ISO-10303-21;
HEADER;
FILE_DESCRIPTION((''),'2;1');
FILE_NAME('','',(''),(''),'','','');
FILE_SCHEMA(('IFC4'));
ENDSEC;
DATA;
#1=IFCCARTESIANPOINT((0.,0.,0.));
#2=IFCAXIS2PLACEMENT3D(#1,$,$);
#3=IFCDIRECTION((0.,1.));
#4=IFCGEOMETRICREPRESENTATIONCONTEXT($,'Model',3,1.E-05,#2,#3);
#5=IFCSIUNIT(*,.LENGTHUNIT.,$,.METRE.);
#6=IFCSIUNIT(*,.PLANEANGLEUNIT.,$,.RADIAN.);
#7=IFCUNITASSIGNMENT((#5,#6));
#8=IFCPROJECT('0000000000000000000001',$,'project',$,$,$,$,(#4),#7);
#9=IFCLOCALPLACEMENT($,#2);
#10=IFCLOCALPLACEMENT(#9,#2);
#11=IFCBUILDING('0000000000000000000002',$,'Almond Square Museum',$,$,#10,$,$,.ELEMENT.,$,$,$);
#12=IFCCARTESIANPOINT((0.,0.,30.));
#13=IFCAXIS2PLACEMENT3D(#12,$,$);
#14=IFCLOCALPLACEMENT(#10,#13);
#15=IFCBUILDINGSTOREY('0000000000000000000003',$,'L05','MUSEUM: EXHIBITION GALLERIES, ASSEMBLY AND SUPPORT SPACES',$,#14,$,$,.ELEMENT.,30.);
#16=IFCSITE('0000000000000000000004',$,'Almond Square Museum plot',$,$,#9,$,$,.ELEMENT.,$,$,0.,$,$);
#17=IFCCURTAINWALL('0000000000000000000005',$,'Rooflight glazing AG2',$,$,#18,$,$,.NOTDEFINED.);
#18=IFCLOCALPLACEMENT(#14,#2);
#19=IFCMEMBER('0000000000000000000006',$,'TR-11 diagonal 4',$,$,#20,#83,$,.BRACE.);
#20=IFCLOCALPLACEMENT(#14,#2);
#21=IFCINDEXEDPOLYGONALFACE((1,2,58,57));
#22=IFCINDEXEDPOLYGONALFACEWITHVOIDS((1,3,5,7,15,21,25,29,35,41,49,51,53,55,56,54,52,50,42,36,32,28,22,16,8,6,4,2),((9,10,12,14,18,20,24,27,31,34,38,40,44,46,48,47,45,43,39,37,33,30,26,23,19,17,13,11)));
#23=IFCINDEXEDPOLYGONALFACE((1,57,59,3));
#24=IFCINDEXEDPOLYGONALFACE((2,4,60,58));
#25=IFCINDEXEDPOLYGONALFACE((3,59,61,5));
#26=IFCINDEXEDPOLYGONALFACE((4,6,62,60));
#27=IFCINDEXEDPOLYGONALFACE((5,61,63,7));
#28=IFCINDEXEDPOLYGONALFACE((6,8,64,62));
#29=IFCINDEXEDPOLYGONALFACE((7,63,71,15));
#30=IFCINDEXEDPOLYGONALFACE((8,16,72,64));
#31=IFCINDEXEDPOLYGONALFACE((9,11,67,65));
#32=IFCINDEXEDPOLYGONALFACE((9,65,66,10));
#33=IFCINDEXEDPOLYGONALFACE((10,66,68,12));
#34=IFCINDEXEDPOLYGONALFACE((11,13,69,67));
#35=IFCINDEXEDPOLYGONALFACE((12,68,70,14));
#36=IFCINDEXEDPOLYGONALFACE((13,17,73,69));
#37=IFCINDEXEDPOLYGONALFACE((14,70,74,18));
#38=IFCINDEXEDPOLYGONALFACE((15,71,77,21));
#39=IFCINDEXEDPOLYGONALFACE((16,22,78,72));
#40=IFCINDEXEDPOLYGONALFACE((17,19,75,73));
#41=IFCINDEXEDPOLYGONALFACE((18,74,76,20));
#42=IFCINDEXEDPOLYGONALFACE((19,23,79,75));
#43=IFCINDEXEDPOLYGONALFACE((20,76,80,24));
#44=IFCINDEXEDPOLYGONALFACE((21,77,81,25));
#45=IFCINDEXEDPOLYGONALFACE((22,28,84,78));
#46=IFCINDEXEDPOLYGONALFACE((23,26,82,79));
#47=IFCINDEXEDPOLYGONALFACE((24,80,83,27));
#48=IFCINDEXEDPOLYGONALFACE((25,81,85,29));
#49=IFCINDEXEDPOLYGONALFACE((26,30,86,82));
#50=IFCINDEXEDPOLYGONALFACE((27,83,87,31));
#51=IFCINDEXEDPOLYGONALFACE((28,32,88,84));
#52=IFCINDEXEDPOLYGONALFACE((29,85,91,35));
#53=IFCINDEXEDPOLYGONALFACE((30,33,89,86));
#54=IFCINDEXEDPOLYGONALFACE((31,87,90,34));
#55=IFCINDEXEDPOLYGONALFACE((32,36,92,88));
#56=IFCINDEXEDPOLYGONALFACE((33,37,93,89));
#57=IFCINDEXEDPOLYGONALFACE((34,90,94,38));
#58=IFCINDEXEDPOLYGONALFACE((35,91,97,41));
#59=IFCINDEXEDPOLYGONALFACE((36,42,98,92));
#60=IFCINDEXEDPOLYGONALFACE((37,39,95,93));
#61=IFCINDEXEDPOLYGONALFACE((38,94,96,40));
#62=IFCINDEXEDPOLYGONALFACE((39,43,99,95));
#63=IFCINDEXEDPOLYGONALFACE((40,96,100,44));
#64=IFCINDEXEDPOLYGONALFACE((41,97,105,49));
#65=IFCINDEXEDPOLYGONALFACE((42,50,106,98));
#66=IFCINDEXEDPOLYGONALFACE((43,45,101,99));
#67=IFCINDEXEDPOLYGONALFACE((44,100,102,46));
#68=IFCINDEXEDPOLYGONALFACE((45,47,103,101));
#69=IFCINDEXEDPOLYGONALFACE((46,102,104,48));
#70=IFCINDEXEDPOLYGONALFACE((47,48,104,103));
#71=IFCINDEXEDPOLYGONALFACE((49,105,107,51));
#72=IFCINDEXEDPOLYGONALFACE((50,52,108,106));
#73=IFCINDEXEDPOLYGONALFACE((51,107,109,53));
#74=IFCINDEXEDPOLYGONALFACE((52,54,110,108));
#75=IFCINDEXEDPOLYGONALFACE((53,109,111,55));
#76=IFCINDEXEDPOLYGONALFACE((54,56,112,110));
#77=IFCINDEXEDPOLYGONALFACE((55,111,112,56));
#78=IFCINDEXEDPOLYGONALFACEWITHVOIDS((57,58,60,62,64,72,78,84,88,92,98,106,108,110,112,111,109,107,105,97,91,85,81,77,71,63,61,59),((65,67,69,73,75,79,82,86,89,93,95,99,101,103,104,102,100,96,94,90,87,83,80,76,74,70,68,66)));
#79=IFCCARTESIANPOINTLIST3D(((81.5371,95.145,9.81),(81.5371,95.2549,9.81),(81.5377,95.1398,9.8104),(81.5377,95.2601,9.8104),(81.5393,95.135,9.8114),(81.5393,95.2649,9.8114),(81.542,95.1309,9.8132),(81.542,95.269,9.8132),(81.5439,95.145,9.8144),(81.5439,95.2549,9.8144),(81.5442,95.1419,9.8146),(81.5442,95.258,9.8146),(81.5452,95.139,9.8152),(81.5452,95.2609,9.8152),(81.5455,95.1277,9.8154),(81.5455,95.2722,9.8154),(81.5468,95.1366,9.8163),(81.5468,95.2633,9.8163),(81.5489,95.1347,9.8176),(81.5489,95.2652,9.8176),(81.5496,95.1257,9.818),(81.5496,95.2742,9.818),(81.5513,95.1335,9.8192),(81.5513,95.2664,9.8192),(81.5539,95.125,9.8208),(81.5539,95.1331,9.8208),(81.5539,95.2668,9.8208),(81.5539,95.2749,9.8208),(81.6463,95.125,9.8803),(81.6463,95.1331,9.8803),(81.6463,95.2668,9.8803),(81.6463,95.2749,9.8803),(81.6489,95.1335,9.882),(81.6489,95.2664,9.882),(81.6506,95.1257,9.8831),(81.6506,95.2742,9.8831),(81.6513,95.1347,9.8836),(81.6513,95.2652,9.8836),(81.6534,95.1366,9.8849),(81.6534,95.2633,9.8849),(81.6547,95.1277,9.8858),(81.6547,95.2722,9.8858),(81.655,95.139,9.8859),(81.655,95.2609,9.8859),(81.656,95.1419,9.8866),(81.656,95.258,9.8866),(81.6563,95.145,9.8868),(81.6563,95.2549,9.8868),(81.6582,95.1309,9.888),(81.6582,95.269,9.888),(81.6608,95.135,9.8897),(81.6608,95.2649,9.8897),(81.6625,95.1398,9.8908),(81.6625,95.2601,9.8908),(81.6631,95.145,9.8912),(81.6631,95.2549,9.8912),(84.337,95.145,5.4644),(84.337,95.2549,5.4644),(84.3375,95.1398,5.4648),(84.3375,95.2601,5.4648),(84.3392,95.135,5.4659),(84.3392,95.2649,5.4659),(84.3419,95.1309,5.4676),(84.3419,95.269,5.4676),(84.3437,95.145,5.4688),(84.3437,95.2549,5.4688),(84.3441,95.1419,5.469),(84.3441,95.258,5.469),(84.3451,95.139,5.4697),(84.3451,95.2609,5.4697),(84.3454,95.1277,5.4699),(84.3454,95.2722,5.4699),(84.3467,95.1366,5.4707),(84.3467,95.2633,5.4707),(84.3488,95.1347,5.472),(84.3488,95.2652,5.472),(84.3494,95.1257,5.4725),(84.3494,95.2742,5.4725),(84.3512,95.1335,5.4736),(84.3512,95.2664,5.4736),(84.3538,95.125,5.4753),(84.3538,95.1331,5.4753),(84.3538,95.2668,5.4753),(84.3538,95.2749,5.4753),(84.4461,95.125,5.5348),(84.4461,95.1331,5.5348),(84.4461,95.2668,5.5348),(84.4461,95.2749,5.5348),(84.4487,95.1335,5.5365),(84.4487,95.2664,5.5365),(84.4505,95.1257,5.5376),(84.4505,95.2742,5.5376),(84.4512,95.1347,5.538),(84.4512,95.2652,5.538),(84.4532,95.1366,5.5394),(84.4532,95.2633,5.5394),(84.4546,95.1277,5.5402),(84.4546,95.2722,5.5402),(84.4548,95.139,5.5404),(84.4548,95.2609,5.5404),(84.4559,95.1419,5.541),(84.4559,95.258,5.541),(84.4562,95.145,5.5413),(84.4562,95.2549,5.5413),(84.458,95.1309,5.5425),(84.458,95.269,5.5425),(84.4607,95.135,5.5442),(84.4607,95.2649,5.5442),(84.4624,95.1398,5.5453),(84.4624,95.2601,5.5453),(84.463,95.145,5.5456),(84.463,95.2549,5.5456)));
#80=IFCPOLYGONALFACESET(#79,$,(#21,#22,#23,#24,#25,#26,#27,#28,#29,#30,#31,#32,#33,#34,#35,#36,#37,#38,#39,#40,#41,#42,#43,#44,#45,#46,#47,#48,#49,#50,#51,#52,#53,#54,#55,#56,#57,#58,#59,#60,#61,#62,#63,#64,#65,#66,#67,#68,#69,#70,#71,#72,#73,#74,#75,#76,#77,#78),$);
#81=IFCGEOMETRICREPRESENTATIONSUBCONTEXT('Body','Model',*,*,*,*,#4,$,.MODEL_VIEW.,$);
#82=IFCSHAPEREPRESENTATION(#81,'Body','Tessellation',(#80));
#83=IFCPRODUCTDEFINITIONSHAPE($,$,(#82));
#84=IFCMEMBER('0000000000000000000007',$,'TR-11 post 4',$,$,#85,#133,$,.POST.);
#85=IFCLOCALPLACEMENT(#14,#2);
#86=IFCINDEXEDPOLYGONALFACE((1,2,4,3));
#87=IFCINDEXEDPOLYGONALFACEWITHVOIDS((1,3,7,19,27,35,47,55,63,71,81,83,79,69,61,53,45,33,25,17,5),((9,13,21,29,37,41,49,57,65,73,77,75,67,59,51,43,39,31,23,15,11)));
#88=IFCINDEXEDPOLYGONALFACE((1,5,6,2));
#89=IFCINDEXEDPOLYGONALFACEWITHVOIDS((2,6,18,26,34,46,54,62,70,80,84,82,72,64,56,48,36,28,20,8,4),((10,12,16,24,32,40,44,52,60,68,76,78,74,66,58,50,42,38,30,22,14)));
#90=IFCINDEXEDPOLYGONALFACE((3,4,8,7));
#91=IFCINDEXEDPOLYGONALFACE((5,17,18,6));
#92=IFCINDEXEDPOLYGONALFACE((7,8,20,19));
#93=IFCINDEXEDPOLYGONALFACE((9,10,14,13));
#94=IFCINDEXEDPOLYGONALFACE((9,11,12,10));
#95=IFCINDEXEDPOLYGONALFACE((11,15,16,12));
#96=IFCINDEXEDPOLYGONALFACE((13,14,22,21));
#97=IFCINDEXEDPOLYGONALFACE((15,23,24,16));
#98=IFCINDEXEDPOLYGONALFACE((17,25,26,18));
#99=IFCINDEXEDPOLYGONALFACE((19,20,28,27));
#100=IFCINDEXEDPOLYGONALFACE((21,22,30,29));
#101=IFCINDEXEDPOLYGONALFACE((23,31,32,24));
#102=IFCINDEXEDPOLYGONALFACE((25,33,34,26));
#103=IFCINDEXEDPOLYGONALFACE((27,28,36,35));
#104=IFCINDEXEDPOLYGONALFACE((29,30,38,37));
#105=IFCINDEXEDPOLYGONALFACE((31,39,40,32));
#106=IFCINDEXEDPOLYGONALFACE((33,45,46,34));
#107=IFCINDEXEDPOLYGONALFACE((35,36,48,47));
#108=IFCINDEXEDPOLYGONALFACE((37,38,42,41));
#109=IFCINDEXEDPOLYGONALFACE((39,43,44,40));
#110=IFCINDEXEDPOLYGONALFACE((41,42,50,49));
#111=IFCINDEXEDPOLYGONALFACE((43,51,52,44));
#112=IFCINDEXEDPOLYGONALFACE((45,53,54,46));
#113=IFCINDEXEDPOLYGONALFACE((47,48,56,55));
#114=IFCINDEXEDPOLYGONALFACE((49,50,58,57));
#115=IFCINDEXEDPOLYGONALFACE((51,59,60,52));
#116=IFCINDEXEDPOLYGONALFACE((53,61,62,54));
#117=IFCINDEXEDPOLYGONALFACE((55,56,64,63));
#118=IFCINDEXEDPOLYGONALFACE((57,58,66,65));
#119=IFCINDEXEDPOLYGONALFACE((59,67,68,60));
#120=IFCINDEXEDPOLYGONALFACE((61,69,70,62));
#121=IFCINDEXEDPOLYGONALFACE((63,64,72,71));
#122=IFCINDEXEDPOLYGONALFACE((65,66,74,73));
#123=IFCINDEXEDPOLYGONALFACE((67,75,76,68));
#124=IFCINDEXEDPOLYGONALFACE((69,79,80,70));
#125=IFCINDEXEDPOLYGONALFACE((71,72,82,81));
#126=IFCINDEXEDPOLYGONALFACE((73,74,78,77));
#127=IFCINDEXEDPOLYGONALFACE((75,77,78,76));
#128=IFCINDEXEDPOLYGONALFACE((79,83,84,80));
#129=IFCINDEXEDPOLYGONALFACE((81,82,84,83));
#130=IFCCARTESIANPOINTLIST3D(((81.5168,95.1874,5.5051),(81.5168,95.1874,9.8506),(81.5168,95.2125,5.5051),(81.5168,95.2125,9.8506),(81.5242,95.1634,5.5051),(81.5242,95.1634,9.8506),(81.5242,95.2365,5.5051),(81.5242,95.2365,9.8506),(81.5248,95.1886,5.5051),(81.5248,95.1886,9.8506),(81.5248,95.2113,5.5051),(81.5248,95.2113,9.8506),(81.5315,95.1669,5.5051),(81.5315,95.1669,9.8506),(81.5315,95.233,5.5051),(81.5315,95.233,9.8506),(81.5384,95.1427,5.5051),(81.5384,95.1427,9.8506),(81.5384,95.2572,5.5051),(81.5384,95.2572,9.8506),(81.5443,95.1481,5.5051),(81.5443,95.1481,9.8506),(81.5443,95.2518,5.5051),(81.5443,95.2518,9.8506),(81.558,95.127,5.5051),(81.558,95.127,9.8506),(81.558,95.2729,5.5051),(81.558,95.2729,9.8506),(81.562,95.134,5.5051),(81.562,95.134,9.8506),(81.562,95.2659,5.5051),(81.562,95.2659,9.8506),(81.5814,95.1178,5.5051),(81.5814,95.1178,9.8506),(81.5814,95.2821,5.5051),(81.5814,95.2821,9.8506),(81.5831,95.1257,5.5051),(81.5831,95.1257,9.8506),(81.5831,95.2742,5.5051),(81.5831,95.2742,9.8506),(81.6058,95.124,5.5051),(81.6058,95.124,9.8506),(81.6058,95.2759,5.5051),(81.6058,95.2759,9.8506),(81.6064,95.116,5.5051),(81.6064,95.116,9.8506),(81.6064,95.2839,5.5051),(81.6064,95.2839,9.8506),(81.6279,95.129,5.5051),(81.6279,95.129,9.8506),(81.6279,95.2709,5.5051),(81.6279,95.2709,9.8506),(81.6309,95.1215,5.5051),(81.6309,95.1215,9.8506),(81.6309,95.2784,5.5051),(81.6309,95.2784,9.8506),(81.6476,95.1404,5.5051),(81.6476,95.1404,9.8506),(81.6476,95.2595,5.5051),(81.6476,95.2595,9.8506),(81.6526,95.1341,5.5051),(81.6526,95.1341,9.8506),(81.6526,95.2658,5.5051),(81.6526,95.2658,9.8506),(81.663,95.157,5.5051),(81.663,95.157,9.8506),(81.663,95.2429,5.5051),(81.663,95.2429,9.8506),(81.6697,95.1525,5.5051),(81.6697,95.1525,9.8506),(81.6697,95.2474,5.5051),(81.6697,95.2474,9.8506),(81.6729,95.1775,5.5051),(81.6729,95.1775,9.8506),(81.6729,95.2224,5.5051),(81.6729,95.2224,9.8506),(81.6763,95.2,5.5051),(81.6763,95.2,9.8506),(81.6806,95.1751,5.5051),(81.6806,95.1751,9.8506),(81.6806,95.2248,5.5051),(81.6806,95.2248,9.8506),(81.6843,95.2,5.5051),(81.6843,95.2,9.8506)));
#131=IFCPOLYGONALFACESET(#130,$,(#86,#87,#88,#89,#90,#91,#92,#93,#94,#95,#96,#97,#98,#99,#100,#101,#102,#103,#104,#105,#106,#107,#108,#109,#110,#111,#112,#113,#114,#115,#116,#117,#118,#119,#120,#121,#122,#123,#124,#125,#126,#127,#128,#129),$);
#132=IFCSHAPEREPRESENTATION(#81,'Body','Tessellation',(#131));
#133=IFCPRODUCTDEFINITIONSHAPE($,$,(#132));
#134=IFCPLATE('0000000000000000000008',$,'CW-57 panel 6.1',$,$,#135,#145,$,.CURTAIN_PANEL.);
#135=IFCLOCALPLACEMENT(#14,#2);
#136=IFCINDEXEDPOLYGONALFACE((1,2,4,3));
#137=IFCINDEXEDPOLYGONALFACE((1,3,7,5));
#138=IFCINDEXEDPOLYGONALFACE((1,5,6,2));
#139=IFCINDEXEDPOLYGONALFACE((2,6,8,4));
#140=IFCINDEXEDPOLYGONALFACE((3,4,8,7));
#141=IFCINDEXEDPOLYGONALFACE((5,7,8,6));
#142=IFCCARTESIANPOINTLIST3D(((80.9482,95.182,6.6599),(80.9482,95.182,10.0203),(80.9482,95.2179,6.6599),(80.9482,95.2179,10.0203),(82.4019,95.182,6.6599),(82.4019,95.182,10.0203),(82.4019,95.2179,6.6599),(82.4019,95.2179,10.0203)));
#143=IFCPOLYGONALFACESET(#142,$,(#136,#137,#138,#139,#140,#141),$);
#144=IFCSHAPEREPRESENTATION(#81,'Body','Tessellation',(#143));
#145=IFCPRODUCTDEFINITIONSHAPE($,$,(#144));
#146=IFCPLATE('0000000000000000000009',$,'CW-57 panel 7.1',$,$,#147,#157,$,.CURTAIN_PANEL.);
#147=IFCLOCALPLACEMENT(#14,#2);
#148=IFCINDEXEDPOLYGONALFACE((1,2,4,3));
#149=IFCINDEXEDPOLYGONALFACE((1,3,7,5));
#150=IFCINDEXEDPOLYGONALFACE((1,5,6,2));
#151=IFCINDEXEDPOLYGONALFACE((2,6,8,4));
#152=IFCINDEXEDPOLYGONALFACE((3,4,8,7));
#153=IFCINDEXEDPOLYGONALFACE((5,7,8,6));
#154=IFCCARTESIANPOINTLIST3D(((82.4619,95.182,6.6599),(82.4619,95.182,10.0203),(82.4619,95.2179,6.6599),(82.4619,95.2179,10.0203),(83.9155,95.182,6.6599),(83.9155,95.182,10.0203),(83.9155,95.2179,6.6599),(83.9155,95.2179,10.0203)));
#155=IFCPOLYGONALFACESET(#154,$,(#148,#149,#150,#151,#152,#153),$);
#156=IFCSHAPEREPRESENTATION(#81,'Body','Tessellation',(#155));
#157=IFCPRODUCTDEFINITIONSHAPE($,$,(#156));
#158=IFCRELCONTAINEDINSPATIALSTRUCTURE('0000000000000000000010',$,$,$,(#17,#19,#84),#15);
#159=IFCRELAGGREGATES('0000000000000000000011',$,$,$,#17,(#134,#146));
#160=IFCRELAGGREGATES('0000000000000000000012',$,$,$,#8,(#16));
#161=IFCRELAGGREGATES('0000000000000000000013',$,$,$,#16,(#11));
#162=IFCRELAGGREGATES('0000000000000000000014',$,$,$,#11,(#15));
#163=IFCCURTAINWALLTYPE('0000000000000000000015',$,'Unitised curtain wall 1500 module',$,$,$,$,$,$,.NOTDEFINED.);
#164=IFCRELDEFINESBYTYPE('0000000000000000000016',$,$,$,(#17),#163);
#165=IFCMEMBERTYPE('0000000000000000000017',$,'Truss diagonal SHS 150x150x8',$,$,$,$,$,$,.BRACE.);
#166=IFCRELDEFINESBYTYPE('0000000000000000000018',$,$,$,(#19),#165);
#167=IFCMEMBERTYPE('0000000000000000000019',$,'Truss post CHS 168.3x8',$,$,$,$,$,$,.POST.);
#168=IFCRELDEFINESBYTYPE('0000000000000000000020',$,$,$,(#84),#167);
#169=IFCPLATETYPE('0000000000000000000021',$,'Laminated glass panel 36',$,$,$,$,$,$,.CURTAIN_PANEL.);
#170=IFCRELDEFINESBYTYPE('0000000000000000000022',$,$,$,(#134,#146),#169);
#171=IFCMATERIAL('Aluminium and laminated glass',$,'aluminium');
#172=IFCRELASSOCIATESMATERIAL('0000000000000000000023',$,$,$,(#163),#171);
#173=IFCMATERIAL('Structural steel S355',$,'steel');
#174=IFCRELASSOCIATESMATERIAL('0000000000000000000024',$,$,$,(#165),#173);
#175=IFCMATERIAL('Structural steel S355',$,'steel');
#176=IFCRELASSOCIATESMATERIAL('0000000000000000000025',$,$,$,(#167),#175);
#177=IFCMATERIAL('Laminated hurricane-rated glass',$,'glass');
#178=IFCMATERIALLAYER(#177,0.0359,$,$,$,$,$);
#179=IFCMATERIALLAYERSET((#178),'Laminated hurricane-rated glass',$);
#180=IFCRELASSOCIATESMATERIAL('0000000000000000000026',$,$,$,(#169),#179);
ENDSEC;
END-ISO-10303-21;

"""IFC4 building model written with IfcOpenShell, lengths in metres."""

from ifc_helpers import new_model, si_unit, direction, frame, origin, origin_2d, place, context, subcontext, project, spatial, rectangle, hollow_rectangle, hollow_circle, extrude, material, layer, layer_set, material_profile, profile_set, type_object, element, aggregate, save


model = new_model("IFC4")

# Units and contexts
model_context = context("Model", 3, precision=1e-05, world=origin(), true_north=direction((0.0, 1.0)))
body_context = subcontext(model_context, "Body", "Model", "MODEL_VIEW")
ifc_project = project(units=[si_unit("LENGTHUNIT", "METRE"), si_unit("PLANEANGLEUNIT", "RADIAN")], contexts=[model_context])

# Site, building, storey
site_placement = place(None, origin())
site = spatial("IfcSite", under=ifc_project, at=site_placement, Name="Almond Square Museum plot", CompositionType="ELEMENT", RefElevation=0.0)
building_placement = place(site_placement, origin())
building = spatial("IfcBuilding", under=site, at=building_placement, Name="Almond Square Museum", CompositionType="ELEMENT")
storey_placement = place(building_placement, frame((0.0, 0.0, 30.0)))
storey = spatial("IfcBuildingStorey", under=building, at=storey_placement, Name="L05", Description="MUSEUM: EXHIBITION GALLERIES, ASSEMBLY AND SUPPORT SPACES", CompositionType="ELEMENT", Elevation=30.0)

# Curtain wall
ifc_material_1 = material(Name="Aluminium and laminated glass", Category="aluminium")
curtain_wall_type = type_object("IfcCurtainWallType", Name="Unitised curtain wall 1500 module", PredefinedType="NOTDEFINED", material=ifc_material_1)
curtain_wall_placement = place(storey_placement, origin())
curtain_wall = element("IfcCurtainWall", 1, at=curtain_wall_placement, inside=storey, type_object=curtain_wall_type, Name="Rooflight glazing AG2", PredefinedType="NOTDEFINED")

# Members
ifc_material_2 = material(Name="Structural steel S355", Category="steel")
ifc_material_profile_1 = material_profile(ifc_material_2, hollow_rectangle(XDim=0.1499, YDim=0.1499, WallThickness=0.0081, InnerFilletRadius=0.012, OuterFilletRadius=0.02, at=origin_2d()))
ifc_profile_set_1 = profile_set([ifc_material_profile_1], Name="Structural steel S355")
member_type_1 = type_object("IfcMemberType", Name="Truss diagonal SHS 150x150x8", PredefinedType="BRACE", material=ifc_profile_set_1)
member_1_placement = place(storey_placement, frame((81.6001, 95.2, 9.8506), z_axis=(0.541619, 0.0, -0.840624), x_axis=(0.0, 1.0, 0.0)))
element("IfcMember", 2, at=member_1_placement, inside=storey, type_object=member_type_1, Name="TR-11 diagonal 4", PredefinedType="BRACE", context=body_context, shape_type="SweptSolid", body=[
    extrude(hollow_rectangle(XDim=0.1499, YDim=0.1499, WallThickness=0.0081, InnerFilletRadius=0.012, OuterFilletRadius=0.02, at=origin_2d()), origin(), (0.0, 0.0, 1.0), 5.1694),
])
ifc_material_3 = material(Name="Structural steel S355", Category="steel")
ifc_material_profile_2 = material_profile(ifc_material_3, hollow_circle(Radius=0.0842, WallThickness=0.0081, at=origin_2d()))
ifc_profile_set_2 = profile_set([ifc_material_profile_2], Name="Structural steel S355")
member_type_2 = type_object("IfcMemberType", Name="Truss post CHS 168.3x8", PredefinedType="POST", material=ifc_profile_set_2)
member_2_placement = place(storey_placement, frame((81.6001, 95.2, 5.5051), z_axis=(0.0, 0.0, 1.0), x_axis=(1.0, 0.0, 0.0)))
element("IfcMember", 3, at=member_2_placement, inside=storey, type_object=member_type_2, Name="TR-11 post 4", PredefinedType="POST", context=body_context, shape_type="SweptSolid", body=[
    extrude(hollow_circle(Radius=0.0842, WallThickness=0.0081, at=origin_2d()), origin(), (0.0, 0.0, 1.0), 4.3455),
])

# Plates
ifc_material_4 = material(Name="Laminated hurricane-rated glass", Category="glass")
ifc_layer = layer(ifc_material_4, 0.0359)
ifc_layer_set = layer_set([ifc_layer], Name="Laminated hurricane-rated glass")
plate_type = type_object("IfcPlateType", Name="Laminated glass panel 36", PredefinedType="CURTAIN_PANEL", material=ifc_layer_set)
plate_1_placement = place(storey_placement, frame((81.675, 95.2, 6.6599), z_axis=(0.0, 0.0, 1.0), x_axis=(1.0, 0.0, 0.0)))
plate_1 = element("IfcPlate", 4, at=plate_1_placement, type_object=plate_type, Name="CW-57 panel 6.1", PredefinedType="CURTAIN_PANEL", context=body_context, shape_type="SweptSolid", body=[
    extrude(rectangle(XDim=1.4536, YDim=0.0359, at=origin_2d()), origin(), (0.0, 0.0, 1.0), 3.3604),
])
plate_2_placement = place(storey_placement, frame((83.1887, 95.2, 6.6599), z_axis=(0.0, 0.0, 1.0), x_axis=(1.0, 0.0, 0.0)))
plate_2 = element("IfcPlate", 5, at=plate_2_placement, type_object=plate_type, Name="CW-57 panel 7.1", PredefinedType="CURTAIN_PANEL", context=body_context, shape_type="SweptSolid", body=[
    extrude(rectangle(XDim=1.4536, YDim=0.0359, at=origin_2d()), origin(), (0.0, 0.0, 1.0), 3.3604),
])
aggregate(curtain_wall, [plate_1, plate_2])

save(model, "model.ifc")
